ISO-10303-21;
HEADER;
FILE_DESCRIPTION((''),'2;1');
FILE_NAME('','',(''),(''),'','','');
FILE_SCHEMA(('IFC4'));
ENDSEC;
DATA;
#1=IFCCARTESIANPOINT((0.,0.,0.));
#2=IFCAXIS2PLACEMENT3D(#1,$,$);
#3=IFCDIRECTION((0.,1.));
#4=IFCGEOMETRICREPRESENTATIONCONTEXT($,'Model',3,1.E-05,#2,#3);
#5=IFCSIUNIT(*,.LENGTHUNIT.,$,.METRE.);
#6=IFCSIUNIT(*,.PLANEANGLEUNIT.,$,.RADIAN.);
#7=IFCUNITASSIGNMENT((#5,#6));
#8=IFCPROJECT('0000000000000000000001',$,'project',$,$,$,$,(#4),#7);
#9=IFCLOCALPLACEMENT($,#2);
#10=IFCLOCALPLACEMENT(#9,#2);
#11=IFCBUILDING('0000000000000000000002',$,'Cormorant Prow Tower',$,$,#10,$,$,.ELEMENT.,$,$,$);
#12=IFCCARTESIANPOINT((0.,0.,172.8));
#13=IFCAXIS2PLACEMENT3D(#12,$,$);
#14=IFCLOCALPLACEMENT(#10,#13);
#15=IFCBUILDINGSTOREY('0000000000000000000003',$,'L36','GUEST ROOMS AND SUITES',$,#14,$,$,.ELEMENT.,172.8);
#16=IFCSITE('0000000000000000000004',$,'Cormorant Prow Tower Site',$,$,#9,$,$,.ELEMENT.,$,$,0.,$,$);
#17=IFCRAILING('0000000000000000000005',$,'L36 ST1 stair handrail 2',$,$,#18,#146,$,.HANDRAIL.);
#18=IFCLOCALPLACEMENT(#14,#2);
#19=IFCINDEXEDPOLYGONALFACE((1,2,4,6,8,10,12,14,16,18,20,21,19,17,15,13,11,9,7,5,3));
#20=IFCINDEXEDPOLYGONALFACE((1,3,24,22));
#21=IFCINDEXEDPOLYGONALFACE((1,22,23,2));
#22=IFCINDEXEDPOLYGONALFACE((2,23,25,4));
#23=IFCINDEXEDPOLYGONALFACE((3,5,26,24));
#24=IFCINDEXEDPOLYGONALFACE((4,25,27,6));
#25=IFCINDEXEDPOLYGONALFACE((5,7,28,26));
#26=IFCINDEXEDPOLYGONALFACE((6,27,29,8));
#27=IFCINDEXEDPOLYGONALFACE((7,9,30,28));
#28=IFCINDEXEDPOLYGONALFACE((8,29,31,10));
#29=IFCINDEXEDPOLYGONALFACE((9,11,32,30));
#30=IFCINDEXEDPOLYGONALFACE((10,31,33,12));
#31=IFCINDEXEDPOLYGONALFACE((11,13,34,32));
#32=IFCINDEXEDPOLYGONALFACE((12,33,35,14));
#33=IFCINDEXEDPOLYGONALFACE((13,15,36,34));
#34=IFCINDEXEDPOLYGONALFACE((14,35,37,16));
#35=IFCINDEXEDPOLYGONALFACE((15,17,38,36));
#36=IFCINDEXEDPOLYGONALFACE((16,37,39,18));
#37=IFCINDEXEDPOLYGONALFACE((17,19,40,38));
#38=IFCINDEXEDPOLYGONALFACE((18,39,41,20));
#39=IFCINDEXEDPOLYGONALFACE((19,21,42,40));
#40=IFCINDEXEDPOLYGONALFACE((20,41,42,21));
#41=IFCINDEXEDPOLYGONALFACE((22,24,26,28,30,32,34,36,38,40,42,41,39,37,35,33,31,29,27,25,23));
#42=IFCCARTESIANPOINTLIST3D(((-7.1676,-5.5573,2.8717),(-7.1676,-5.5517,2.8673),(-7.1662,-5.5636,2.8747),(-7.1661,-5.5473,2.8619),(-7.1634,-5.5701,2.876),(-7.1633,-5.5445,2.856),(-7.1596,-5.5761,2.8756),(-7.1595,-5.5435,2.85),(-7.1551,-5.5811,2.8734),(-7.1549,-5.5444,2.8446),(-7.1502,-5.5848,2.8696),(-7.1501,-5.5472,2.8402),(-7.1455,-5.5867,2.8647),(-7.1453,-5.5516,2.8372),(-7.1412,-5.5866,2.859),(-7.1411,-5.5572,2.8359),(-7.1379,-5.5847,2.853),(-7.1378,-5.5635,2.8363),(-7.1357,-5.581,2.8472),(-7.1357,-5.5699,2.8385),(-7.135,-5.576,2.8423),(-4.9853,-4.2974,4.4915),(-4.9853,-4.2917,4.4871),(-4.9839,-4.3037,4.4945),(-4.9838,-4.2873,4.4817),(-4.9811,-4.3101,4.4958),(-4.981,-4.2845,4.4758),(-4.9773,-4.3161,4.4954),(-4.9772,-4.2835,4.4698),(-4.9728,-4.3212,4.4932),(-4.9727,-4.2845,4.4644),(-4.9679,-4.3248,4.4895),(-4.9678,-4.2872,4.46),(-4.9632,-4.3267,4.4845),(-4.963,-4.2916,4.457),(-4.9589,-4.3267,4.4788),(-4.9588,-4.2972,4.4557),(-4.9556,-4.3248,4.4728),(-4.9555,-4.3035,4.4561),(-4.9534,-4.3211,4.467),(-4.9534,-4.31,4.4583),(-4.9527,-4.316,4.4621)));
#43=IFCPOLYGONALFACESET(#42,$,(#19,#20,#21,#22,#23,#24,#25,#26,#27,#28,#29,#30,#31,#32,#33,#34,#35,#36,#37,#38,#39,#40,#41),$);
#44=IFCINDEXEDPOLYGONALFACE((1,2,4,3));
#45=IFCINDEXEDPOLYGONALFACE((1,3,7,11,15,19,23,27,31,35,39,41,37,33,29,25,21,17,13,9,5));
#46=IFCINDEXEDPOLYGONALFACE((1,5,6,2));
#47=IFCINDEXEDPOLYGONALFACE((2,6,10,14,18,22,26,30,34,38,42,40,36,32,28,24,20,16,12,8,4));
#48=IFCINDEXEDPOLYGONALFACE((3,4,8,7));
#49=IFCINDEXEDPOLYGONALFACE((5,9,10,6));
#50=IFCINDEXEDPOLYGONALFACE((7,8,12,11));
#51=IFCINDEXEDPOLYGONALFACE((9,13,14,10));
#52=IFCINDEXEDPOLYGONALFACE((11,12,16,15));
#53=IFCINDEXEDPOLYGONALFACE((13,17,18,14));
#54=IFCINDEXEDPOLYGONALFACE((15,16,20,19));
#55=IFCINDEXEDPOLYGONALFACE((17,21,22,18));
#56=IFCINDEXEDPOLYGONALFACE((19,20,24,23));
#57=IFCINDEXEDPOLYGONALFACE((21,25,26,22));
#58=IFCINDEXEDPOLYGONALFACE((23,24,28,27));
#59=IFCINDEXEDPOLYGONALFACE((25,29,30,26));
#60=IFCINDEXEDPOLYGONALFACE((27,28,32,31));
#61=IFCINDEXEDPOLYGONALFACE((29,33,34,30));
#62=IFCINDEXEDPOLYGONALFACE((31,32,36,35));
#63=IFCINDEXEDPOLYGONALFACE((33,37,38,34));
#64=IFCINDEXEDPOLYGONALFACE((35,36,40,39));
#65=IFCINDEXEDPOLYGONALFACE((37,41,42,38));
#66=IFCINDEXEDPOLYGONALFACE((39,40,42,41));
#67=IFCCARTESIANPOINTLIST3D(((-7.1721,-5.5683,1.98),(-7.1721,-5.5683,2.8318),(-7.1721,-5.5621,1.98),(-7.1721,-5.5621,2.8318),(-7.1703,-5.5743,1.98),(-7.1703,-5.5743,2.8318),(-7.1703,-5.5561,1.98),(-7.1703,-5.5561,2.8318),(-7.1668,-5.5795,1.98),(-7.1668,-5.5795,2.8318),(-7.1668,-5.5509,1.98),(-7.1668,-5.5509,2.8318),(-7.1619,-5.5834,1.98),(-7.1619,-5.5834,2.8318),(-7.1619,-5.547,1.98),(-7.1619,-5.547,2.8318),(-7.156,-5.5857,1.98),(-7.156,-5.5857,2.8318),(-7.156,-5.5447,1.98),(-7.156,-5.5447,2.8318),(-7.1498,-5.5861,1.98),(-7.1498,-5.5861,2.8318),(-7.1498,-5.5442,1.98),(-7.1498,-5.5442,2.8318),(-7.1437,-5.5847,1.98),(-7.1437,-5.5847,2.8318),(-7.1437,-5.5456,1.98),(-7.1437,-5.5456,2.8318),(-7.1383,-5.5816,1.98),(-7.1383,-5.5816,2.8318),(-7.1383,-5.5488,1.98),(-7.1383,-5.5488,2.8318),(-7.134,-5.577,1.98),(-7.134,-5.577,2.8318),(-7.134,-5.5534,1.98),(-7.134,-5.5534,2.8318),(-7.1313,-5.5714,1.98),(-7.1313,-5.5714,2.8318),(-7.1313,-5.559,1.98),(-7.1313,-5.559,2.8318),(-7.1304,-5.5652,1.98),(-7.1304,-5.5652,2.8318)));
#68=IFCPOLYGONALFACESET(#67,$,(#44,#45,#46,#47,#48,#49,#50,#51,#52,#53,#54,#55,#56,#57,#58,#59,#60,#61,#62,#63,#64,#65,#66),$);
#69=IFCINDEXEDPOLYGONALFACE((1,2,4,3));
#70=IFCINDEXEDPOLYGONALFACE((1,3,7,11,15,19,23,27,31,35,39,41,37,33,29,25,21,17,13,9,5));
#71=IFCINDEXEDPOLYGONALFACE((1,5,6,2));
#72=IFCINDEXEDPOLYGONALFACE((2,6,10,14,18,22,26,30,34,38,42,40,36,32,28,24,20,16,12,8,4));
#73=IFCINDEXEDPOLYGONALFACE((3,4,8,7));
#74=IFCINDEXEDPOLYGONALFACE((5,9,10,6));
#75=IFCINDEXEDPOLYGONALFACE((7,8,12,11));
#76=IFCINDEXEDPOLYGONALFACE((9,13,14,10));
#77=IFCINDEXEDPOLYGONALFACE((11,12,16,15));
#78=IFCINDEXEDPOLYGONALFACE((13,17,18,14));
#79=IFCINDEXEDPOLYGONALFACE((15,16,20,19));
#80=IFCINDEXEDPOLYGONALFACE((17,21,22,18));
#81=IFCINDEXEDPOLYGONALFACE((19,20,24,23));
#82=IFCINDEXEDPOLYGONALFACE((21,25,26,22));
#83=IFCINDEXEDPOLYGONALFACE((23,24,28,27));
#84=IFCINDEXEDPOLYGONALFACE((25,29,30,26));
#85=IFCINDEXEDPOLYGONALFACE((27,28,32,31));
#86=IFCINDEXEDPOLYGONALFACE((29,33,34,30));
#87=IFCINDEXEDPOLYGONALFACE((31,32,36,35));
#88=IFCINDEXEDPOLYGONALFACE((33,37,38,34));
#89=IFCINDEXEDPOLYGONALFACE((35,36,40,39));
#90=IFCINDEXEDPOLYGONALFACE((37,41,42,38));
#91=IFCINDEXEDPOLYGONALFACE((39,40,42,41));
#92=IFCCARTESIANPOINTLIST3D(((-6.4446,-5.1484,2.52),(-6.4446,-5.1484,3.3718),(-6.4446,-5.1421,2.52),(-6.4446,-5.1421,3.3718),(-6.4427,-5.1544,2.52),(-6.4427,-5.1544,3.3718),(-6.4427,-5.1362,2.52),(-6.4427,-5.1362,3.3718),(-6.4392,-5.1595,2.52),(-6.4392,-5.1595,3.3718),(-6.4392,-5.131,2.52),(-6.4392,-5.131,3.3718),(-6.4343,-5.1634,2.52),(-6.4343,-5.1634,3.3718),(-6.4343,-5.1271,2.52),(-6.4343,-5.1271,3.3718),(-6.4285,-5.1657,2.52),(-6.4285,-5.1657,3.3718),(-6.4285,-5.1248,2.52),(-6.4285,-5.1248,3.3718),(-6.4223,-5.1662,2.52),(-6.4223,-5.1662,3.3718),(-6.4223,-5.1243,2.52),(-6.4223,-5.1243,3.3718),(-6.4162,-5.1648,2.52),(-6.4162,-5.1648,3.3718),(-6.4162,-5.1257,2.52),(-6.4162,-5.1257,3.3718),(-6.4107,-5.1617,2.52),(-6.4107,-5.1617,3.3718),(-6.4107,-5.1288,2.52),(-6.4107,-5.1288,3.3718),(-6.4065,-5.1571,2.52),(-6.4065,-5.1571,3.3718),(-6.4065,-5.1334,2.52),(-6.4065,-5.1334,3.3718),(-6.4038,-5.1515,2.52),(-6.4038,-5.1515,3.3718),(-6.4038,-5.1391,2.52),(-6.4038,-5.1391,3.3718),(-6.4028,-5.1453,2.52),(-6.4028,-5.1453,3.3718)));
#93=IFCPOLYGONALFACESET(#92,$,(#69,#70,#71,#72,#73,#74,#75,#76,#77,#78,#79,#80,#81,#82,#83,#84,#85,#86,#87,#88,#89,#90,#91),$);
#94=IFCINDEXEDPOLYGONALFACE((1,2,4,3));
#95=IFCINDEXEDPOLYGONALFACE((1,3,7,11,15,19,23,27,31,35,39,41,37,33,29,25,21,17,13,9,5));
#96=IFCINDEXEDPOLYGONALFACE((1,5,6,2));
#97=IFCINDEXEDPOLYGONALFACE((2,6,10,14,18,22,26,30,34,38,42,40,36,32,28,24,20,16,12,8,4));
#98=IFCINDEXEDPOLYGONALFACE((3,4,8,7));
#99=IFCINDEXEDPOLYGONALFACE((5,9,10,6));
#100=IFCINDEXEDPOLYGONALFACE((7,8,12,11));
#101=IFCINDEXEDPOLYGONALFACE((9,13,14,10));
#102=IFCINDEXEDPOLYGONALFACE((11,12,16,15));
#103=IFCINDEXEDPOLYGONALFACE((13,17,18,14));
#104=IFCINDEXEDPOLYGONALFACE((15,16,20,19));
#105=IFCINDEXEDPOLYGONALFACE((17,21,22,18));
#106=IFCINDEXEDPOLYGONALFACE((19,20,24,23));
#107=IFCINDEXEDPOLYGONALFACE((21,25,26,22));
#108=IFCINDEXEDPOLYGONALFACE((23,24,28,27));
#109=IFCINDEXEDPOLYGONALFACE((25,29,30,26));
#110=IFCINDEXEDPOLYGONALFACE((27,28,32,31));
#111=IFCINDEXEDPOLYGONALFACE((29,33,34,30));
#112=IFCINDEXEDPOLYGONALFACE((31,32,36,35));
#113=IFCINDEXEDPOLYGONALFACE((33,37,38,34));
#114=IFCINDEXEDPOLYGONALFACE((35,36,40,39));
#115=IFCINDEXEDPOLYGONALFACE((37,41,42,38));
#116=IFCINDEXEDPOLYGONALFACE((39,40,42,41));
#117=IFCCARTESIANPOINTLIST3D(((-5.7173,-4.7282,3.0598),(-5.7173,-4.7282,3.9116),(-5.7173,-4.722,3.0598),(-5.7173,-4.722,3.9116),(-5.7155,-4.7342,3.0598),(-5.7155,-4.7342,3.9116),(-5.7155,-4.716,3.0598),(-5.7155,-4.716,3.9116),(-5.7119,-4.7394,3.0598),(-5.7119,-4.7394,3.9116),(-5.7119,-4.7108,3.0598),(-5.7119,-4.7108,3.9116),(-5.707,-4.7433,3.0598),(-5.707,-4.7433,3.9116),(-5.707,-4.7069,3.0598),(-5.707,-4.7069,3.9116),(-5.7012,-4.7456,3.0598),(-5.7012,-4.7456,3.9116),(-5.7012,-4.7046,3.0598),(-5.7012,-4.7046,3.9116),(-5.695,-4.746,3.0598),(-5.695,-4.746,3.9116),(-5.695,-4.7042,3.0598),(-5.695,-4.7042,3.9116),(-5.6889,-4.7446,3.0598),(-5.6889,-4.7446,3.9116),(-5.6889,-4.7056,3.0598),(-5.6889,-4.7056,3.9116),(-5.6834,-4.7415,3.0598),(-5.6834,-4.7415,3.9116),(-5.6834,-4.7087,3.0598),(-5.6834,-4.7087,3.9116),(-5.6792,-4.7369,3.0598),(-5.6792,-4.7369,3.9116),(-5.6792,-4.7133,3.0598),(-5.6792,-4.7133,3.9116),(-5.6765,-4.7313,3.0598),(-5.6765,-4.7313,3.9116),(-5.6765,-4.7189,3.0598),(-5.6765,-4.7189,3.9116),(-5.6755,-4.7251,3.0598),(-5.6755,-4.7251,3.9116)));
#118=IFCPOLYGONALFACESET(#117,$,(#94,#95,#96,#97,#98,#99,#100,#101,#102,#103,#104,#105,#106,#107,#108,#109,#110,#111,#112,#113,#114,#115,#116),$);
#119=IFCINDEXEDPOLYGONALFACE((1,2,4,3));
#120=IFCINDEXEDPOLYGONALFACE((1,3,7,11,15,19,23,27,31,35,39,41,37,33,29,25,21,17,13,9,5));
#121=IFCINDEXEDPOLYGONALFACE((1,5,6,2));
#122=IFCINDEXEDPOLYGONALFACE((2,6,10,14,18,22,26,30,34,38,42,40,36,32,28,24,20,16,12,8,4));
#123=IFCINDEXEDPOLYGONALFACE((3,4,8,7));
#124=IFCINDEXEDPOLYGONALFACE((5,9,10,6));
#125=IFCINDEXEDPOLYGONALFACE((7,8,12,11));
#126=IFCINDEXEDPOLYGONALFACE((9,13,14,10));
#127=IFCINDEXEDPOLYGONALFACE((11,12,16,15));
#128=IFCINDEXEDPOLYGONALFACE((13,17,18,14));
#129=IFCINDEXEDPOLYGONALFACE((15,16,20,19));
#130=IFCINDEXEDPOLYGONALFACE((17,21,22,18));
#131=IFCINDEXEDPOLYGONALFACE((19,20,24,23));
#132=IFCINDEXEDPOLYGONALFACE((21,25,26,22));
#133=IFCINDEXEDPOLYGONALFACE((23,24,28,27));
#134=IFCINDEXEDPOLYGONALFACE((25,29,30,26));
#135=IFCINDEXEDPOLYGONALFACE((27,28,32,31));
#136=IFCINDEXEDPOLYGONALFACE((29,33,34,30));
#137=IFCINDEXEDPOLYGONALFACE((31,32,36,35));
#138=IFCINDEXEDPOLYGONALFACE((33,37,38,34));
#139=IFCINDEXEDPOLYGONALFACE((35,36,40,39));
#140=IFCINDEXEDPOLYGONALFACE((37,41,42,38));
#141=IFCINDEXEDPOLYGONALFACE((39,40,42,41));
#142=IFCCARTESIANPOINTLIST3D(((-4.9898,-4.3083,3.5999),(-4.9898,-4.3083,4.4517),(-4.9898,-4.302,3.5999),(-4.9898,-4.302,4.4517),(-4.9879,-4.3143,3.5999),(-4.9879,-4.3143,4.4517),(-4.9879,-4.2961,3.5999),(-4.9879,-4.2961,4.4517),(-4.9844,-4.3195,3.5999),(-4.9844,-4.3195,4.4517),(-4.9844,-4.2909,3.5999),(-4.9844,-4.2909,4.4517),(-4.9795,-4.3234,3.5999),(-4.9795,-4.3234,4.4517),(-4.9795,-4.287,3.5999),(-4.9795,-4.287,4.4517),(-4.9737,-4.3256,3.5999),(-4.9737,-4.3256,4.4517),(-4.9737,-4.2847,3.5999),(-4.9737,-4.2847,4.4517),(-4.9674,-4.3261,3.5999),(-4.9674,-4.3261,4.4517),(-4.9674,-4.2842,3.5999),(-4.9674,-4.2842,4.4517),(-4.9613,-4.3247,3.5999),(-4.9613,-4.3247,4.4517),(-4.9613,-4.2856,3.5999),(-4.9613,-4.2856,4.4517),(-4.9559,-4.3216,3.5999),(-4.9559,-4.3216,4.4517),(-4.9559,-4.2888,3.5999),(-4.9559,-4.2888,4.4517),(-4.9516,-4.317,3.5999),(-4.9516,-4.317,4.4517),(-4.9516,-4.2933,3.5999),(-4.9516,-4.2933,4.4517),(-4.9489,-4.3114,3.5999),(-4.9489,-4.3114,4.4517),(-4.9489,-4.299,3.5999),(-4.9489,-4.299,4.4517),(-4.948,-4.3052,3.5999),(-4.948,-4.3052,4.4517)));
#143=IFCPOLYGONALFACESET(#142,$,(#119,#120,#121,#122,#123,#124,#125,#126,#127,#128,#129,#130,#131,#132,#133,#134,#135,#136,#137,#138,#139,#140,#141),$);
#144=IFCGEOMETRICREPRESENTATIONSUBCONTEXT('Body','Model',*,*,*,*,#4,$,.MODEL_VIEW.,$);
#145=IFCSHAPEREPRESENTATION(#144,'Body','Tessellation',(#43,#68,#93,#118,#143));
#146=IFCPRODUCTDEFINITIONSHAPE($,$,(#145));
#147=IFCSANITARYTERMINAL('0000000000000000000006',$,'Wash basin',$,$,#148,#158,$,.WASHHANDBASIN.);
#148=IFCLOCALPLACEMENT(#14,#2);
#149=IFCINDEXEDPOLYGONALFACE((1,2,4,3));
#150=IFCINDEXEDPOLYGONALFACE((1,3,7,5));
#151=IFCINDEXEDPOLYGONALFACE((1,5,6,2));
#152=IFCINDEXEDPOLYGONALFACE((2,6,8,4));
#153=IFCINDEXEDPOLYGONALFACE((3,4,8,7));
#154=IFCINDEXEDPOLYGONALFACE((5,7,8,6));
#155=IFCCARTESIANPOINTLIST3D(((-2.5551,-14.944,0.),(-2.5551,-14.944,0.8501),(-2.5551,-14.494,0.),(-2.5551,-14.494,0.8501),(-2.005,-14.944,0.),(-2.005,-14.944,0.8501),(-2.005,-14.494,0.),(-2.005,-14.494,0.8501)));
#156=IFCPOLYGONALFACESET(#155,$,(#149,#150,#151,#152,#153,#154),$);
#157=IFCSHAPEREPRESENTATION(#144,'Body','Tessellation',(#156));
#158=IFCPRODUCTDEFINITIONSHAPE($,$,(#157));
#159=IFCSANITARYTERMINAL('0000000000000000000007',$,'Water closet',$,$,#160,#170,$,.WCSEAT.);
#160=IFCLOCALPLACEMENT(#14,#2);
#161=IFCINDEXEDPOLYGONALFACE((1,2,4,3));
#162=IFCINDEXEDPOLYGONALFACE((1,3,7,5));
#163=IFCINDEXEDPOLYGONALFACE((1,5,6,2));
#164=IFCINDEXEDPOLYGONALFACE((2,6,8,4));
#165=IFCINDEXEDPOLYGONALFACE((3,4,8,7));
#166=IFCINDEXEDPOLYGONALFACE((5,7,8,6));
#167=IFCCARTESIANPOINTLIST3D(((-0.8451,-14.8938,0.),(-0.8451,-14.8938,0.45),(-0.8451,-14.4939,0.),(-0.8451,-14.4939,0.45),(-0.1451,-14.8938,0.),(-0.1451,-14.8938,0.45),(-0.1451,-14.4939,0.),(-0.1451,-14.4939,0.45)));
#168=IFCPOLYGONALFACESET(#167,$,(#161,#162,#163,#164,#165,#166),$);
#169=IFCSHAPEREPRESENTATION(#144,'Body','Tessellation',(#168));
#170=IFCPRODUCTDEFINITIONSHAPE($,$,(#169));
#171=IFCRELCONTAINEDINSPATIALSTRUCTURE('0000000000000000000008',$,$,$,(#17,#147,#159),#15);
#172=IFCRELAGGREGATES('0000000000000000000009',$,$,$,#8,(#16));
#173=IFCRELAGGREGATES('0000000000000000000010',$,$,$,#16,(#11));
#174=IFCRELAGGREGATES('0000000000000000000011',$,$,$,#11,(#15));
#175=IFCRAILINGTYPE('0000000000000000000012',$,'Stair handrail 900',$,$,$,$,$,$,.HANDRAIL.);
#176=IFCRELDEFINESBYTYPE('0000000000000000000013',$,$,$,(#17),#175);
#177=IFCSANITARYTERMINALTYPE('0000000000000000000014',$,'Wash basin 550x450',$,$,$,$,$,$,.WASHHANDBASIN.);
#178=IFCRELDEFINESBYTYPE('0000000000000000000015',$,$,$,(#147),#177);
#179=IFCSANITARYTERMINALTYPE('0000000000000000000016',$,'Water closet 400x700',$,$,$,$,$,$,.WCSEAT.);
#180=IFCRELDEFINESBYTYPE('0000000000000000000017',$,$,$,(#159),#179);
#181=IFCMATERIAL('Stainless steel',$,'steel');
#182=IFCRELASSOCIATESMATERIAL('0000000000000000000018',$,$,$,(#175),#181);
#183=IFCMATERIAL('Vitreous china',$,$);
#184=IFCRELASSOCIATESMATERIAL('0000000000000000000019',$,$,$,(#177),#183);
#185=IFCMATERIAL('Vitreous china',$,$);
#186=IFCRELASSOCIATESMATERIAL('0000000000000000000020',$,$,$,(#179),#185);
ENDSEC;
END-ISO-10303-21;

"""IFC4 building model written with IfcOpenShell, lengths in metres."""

from ifc_helpers import new_model, si_unit, direction, frame, origin, origin_2d, place, context, subcontext, project, spatial, rectangle, circle, extrude, material, type_object, element, save


model = new_model("IFC4")

# Units and contexts
model_context = context("Model", 3, precision=1e-05, world=origin(), true_north=direction((0.0, 1.0)))
body_context = subcontext(model_context, "Body", "Model", "MODEL_VIEW")
ifc_project = project(units=[si_unit("LENGTHUNIT", "METRE"), si_unit("PLANEANGLEUNIT", "RADIAN")], contexts=[model_context])

# Site, building, storey
site_placement = place(None, origin())
site = spatial("IfcSite", under=ifc_project, at=site_placement, Name="Cormorant Prow Tower Site", CompositionType="ELEMENT", RefElevation=0.0)
building_placement = place(site_placement, origin())
building = spatial("IfcBuilding", under=site, at=building_placement, Name="Cormorant Prow Tower", CompositionType="ELEMENT")
storey_placement = place(building_placement, frame((0.0, 0.0, 172.8)))
storey = spatial("IfcBuildingStorey", under=building, at=storey_placement, Name="L36", Description="GUEST ROOMS AND SUITES", CompositionType="ELEMENT", Elevation=172.8)

# Railing
ifc_material_1 = material(Name="Stainless steel", Category="steel")
railing_type_1 = type_object("IfcRailingType", Name="Stair handrail 900", PredefinedType="HANDRAIL", material=ifc_material_1)
railing_1_placement = place(storey_placement, frame((-7.1514, -5.5652, 1.98)))
element("IfcRailing", 1, at=railing_1_placement, inside=storey, type_object=railing_type_1, Name="L36 ST1 stair handrail 2", PredefinedType="HANDRAIL", context=body_context, shape_type="SweptSolid", body=[
    extrude(circle(Radius=0.0239, at=origin_2d()), frame((0.0, 0.0, 0.876), z_axis=(0.728496, 0.420603, 0.540728), x_axis=(-0.500005, 0.866023, 0.0)), (0.0, 0.0, 1.0), 2.9956),
    extrude(circle(Radius=0.021, at=origin_2d()), origin(), (0.0, 0.0, 1.0), 0.8518),
    extrude(circle(Radius=0.021, at=origin_2d()), frame((0.7275, 0.4199, 0.54)), (0.0, 0.0, 1.0), 0.8518),
    extrude(circle(Radius=0.021, at=origin_2d()), frame((1.4548, 0.8401, 1.0798)), (0.0, 0.0, 1.0), 0.8518),
    extrude(circle(Radius=0.021, at=origin_2d()), frame((2.1824, 1.26, 1.6199)), (0.0, 0.0, 1.0), 0.8518),
])

# Sanitary terminals
ifc_material_2 = material(Name="Vitreous china")
sanitary_terminal_type_1 = type_object("IfcSanitaryTerminalType", Name="Wash basin 550x450", PredefinedType="WASHHANDBASIN", material=ifc_material_2)
sanitary_terminal_1_placement = place(storey_placement, frame((-2.28, -14.719, 0.0), z_axis=(0.0, 0.0, 1.0), x_axis=(1.0, 0.0, 0.0)))
element("IfcSanitaryTerminal", 2, at=sanitary_terminal_1_placement, inside=storey, type_object=sanitary_terminal_type_1, Name="Wash basin", PredefinedType="WASHHANDBASIN", context=body_context, shape_type="SweptSolid", body=[
    extrude(rectangle(XDim=0.55, YDim=0.45, at=origin_2d()), origin(), (0.0, 0.0, 1.0), 0.8501),
])
ifc_material_3 = material(Name="Vitreous china")
sanitary_terminal_type_2 = type_object("IfcSanitaryTerminalType", Name="Water closet 400x700", PredefinedType="WCSEAT", material=ifc_material_3)
sanitary_terminal_2_placement = place(storey_placement, frame((-0.4951, -14.6938, 0.0), z_axis=(0.0, 0.0, 1.0), x_axis=(0.0, -1.0, 0.0)))
element("IfcSanitaryTerminal", 3, at=sanitary_terminal_2_placement, inside=storey, type_object=sanitary_terminal_type_2, Name="Water closet", PredefinedType="WCSEAT", context=body_context, shape_type="SweptSolid", body=[
    extrude(rectangle(XDim=0.3999, YDim=0.7, at=origin_2d()), origin(), (0.0, 0.0, 1.0), 0.45),
])

save(model, "model.ifc")
